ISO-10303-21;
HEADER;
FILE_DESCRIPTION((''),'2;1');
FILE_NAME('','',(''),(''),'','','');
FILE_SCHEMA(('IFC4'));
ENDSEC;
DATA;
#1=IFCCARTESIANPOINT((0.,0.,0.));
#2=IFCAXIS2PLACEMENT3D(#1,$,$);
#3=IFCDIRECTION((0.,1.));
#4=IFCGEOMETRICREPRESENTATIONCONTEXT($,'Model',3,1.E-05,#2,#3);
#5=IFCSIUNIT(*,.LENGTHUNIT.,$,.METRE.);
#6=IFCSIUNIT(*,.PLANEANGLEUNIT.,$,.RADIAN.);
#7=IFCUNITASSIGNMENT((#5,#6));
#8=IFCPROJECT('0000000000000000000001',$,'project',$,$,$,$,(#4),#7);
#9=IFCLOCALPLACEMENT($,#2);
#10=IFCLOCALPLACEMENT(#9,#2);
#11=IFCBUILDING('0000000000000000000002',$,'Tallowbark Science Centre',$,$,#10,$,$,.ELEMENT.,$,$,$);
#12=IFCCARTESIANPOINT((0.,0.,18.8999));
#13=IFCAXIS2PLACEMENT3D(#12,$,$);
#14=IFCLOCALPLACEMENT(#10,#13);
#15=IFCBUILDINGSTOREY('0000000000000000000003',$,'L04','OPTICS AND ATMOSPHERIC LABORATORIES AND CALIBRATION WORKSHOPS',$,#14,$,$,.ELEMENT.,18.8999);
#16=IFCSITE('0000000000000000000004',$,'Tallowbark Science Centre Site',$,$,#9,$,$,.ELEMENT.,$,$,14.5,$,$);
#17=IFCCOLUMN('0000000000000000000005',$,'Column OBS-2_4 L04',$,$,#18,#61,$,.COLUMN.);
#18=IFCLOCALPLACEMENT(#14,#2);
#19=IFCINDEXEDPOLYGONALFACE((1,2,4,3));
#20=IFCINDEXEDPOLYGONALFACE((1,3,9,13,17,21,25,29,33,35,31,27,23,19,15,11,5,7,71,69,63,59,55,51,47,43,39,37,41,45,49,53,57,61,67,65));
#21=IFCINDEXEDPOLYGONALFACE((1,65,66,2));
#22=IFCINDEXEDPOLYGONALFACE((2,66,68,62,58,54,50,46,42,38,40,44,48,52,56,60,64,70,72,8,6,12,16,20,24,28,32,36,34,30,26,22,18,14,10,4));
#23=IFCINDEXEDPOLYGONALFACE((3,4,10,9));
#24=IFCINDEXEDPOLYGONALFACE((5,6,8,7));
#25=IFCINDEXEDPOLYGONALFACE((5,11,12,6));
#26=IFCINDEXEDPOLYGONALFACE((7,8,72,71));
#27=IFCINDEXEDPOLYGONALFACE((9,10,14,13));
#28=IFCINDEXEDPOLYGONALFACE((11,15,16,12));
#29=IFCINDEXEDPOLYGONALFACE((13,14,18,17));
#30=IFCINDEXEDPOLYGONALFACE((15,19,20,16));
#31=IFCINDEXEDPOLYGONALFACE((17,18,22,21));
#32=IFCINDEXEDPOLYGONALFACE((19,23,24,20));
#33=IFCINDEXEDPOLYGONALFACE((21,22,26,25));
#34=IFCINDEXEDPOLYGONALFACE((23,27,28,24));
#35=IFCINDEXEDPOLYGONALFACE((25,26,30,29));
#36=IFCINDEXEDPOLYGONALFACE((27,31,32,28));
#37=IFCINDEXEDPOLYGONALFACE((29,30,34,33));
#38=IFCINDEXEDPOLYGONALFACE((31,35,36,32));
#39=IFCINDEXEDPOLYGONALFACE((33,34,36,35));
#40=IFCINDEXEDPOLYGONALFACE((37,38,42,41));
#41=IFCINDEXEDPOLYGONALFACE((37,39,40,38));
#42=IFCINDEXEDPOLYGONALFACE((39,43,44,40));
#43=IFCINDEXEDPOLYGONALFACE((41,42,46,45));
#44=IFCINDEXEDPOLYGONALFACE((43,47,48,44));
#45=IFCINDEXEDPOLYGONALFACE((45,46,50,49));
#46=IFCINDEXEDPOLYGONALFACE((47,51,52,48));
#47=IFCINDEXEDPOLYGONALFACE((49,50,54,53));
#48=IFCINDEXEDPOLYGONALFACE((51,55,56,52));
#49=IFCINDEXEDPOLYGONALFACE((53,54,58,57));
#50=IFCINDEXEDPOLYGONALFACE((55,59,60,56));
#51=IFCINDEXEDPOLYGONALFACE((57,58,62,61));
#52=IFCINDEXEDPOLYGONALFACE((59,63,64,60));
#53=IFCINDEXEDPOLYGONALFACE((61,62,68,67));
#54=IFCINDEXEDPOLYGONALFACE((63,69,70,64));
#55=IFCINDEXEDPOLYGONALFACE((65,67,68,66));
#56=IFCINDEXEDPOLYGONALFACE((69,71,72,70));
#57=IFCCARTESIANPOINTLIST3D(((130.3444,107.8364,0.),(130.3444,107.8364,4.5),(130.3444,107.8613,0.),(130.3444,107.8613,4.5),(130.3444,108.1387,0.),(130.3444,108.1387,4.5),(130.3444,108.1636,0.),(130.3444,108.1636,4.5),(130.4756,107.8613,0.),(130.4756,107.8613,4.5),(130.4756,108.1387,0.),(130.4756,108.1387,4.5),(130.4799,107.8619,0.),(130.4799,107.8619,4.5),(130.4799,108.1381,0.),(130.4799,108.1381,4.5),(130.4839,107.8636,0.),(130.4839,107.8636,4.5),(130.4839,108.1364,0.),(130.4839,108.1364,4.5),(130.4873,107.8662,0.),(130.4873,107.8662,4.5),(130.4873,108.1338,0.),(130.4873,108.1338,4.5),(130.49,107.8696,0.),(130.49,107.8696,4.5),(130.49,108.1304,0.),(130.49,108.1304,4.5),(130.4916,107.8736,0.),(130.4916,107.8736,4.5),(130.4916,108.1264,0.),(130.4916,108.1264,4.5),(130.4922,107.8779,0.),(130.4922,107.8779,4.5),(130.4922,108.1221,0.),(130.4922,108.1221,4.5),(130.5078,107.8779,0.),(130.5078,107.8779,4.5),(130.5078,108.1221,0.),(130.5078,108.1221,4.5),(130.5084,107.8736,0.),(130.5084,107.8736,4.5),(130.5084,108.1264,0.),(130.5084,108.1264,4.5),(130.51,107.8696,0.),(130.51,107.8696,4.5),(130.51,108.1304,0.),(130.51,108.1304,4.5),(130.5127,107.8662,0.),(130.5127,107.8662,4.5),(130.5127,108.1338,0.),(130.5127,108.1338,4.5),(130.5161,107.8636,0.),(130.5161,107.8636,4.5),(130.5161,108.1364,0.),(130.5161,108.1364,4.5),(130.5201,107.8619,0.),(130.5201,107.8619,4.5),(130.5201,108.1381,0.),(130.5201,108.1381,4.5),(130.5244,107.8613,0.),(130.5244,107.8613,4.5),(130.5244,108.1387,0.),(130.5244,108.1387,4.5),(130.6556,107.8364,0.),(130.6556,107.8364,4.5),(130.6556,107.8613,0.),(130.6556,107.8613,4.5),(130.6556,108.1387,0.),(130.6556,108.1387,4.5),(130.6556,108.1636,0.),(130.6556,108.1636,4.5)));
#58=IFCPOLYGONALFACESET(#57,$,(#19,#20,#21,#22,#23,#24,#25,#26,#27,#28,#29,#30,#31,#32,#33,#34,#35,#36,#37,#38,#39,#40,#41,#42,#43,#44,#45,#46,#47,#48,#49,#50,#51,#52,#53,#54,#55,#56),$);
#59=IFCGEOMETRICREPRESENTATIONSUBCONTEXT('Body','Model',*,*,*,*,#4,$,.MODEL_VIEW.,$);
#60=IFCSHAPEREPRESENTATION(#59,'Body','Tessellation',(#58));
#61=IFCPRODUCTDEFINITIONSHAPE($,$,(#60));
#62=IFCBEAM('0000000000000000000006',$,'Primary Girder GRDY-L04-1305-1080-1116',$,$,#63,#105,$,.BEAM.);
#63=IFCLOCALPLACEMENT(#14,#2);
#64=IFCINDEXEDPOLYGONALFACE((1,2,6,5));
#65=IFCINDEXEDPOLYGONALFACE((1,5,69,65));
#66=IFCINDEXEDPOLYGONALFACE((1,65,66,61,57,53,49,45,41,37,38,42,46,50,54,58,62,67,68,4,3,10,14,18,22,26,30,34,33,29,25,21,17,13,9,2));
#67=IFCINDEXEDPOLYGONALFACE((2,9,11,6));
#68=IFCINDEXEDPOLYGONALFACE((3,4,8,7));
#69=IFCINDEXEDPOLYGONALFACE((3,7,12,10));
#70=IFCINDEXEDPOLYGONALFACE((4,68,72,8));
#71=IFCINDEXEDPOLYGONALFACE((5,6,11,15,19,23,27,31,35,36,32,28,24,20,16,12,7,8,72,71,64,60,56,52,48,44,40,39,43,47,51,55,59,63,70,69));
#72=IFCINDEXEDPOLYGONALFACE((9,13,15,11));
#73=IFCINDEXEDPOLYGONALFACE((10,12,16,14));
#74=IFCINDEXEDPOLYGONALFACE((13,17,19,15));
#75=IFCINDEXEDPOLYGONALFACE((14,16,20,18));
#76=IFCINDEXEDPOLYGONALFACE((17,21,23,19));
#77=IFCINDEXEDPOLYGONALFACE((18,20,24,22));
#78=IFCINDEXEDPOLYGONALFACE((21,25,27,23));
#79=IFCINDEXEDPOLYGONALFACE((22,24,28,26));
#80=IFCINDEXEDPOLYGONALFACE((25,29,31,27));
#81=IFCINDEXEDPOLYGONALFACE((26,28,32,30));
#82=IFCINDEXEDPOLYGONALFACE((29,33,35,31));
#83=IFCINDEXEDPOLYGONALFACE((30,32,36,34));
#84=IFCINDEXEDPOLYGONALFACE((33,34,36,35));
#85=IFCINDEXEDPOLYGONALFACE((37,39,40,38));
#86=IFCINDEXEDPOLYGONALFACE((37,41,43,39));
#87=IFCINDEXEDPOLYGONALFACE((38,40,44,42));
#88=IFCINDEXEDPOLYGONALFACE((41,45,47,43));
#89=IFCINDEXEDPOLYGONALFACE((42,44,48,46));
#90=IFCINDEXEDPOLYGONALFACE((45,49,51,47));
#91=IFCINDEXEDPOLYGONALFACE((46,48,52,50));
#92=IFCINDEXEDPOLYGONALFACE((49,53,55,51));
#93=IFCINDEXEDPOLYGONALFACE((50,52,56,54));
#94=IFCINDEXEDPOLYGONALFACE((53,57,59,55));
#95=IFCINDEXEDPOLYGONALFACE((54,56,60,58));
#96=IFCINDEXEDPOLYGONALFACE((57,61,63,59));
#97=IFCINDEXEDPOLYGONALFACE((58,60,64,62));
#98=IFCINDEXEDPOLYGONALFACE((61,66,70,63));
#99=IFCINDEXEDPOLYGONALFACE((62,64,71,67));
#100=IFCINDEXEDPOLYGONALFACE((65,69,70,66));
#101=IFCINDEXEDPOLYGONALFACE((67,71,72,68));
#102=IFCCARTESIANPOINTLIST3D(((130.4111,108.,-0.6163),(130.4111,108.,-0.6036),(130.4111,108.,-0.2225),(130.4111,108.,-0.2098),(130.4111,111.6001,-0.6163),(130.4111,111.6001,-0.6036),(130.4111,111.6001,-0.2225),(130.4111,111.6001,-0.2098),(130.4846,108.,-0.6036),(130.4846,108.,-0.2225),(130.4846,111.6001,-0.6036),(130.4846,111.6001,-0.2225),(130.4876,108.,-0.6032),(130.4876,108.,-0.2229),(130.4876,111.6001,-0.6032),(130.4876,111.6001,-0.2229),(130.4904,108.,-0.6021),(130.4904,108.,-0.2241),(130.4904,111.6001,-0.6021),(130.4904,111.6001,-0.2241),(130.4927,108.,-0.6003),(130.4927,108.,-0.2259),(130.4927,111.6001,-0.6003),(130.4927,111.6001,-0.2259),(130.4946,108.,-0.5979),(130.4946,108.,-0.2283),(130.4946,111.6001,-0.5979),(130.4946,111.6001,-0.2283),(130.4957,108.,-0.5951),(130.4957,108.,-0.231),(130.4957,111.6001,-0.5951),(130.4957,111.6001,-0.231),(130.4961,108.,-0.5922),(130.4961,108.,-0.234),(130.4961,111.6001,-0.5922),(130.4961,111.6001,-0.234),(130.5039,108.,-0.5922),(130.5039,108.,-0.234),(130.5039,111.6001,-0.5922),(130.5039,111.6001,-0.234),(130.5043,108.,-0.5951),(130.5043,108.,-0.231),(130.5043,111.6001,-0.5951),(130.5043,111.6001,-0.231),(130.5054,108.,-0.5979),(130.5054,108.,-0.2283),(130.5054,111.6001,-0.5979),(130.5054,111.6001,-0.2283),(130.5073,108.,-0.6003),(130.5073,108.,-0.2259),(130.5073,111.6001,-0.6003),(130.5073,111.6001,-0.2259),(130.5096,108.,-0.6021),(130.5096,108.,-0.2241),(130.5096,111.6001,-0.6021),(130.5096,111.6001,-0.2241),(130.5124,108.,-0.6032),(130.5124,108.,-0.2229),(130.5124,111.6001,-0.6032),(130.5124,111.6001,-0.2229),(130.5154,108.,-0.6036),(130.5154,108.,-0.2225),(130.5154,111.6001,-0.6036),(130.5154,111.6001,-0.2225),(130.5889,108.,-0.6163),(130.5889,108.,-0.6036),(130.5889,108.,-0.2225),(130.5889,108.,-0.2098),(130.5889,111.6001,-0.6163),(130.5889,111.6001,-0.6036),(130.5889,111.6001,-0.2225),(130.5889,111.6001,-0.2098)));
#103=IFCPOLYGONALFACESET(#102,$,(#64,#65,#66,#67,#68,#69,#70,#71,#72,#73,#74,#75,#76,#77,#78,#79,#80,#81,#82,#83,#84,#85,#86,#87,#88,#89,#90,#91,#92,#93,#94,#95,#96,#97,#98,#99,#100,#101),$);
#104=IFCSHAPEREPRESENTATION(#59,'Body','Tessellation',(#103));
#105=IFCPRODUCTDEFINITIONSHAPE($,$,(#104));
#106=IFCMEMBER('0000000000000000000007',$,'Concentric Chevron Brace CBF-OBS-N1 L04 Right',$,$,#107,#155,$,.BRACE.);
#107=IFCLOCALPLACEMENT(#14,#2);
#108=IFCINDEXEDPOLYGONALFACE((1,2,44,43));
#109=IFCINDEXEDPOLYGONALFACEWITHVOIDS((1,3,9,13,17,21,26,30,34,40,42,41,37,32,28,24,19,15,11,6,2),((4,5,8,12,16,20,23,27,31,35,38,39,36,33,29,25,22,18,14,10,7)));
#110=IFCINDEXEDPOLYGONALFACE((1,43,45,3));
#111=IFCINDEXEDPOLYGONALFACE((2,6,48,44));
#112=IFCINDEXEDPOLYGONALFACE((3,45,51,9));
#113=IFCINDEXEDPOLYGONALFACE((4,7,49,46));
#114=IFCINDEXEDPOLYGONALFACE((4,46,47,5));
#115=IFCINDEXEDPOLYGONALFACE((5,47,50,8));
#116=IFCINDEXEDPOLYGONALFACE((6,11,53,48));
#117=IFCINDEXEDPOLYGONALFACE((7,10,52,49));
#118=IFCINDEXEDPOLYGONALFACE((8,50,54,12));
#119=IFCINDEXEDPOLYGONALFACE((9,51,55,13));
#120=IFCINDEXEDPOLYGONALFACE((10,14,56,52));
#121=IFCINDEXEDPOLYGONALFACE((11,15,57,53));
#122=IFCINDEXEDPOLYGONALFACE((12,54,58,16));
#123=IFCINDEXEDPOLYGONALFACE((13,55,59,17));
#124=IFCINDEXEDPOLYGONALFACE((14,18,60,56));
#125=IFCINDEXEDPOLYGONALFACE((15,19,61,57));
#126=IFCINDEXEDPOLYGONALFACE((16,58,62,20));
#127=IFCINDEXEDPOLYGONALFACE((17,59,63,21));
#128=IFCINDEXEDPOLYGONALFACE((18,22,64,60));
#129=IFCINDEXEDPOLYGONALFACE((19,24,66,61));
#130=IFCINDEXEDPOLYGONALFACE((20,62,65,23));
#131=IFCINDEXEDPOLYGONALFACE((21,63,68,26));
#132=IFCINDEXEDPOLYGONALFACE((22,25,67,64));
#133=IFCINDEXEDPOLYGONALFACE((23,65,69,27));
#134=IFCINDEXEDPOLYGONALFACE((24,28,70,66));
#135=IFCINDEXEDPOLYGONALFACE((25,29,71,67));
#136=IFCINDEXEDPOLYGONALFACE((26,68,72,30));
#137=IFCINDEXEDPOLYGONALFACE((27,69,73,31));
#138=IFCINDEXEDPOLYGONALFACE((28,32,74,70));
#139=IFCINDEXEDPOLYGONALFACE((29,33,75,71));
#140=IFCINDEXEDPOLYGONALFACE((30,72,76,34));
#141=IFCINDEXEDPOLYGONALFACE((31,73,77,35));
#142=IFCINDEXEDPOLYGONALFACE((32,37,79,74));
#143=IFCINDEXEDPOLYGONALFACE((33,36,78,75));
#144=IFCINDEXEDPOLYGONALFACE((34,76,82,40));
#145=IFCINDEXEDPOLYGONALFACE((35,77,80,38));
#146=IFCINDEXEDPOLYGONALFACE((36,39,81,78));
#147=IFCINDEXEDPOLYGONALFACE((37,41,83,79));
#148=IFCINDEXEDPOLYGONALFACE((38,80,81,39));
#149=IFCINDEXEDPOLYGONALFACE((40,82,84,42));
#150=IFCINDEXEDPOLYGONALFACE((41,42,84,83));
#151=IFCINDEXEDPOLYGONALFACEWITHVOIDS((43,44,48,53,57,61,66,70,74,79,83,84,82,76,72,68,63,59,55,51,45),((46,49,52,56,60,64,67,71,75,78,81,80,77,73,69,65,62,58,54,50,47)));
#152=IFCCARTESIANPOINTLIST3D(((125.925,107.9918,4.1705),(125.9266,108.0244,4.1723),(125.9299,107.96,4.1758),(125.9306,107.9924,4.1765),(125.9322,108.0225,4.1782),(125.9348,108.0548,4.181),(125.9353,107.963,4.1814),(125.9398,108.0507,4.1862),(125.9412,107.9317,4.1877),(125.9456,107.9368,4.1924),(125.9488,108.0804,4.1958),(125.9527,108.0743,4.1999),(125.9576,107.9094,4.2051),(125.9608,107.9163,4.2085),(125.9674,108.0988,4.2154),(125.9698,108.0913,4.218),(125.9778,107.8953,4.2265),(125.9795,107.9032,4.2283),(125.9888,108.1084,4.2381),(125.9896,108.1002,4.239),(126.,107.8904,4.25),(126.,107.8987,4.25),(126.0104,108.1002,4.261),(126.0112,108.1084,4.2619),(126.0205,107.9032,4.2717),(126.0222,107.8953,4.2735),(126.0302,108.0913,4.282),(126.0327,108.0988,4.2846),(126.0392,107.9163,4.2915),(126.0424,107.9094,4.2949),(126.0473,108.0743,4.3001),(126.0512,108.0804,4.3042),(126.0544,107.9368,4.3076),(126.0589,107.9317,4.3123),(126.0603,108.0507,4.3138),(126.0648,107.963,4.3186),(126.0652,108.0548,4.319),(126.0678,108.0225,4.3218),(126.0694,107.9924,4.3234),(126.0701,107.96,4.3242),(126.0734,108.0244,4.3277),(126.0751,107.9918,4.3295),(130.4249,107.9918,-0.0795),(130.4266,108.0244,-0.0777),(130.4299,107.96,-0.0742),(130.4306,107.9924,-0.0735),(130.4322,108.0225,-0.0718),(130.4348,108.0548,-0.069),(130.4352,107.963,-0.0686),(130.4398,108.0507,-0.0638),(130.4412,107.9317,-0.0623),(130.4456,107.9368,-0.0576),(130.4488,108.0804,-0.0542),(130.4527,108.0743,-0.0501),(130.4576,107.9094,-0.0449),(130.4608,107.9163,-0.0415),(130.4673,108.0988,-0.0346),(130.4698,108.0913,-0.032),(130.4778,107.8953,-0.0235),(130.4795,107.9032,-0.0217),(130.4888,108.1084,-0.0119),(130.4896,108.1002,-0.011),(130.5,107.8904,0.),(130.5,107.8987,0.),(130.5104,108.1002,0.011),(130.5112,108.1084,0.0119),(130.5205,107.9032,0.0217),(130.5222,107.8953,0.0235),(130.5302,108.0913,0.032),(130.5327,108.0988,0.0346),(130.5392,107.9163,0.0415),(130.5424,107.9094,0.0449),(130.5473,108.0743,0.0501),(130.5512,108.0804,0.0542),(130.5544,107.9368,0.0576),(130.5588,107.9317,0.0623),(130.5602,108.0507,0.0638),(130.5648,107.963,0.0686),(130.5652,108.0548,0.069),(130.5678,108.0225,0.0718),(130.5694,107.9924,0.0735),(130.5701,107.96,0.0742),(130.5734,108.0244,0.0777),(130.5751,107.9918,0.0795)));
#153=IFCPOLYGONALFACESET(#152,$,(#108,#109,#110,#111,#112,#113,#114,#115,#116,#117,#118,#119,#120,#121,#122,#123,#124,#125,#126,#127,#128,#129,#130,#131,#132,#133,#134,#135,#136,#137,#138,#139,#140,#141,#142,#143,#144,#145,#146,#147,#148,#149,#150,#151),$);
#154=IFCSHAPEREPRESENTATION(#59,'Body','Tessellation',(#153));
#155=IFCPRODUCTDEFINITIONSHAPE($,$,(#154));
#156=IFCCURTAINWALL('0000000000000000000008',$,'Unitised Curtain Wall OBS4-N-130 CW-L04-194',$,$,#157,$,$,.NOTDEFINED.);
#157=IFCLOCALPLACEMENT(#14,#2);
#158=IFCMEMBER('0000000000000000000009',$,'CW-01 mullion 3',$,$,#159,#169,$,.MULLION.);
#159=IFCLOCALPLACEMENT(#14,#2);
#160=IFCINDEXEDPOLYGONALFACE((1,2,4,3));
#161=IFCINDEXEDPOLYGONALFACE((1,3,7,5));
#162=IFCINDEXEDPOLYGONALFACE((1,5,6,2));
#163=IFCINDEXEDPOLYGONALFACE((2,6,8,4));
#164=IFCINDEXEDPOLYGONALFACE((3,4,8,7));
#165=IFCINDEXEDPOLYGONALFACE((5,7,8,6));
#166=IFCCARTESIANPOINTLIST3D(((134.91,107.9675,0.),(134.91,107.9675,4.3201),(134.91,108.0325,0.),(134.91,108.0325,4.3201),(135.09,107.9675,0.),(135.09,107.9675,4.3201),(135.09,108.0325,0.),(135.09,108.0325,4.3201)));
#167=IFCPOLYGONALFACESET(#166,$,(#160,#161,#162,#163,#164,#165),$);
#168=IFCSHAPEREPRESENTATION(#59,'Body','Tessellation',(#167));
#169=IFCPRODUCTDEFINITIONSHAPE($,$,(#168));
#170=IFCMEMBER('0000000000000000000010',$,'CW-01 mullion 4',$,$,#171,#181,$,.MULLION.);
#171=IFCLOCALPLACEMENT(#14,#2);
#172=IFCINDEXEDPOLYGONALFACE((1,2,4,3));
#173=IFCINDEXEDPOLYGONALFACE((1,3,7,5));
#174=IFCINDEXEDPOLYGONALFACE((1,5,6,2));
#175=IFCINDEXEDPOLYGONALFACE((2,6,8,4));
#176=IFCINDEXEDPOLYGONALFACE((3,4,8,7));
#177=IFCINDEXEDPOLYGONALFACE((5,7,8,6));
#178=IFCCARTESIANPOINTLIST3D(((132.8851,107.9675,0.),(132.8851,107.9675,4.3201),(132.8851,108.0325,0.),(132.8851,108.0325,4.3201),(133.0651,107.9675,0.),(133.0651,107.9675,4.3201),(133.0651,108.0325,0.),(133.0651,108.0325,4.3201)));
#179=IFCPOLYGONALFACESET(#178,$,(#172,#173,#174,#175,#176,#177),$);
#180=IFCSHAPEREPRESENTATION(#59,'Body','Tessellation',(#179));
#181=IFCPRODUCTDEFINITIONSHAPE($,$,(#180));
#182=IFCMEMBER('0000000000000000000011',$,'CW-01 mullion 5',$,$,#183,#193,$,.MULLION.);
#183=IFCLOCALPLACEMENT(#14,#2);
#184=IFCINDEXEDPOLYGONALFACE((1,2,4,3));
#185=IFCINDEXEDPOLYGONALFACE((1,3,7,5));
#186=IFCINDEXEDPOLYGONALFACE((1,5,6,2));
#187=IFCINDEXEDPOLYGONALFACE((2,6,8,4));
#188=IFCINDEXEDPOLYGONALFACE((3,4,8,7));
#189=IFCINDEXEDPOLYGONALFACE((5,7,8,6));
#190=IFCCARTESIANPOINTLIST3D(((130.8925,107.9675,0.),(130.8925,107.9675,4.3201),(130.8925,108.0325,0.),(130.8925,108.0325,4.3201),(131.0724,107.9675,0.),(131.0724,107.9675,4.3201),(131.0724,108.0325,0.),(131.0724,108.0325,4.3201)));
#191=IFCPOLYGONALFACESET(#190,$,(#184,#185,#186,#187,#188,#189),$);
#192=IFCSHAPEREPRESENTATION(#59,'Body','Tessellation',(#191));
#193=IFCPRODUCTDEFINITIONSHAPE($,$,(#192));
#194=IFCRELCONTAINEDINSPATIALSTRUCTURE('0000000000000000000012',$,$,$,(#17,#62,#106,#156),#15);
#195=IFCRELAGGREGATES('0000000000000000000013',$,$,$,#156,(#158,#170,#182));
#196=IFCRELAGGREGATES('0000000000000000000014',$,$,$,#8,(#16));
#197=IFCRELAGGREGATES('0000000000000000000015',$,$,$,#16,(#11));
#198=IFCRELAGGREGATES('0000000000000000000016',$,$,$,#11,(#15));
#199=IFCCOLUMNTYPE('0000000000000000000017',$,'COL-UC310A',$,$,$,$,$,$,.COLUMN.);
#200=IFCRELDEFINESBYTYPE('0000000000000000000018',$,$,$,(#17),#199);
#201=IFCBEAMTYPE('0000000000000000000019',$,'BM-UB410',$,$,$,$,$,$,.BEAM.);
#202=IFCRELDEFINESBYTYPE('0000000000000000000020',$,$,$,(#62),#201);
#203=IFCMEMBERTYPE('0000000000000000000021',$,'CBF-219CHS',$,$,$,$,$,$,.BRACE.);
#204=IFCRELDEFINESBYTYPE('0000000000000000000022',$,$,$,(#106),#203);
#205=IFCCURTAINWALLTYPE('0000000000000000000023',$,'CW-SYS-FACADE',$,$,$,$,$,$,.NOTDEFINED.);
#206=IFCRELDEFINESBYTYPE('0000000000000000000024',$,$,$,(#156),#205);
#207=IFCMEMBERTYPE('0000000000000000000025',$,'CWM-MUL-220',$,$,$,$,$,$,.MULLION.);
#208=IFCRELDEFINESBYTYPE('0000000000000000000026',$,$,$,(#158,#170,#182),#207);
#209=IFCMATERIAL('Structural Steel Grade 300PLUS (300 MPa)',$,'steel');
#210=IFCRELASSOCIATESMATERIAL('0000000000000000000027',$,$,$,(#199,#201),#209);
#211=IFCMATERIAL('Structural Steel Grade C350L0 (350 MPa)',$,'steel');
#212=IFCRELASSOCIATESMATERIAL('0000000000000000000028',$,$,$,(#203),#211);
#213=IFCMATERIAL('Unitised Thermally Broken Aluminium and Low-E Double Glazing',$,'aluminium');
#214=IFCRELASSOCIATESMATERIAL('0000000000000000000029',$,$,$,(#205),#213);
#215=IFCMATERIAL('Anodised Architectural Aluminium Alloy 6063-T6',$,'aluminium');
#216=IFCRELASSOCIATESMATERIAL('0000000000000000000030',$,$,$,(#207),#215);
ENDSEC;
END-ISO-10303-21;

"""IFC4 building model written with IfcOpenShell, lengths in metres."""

from ifc_helpers import new_model, si_unit, direction, frame, origin, origin_2d, place, context, subcontext, project, spatial, rectangle, hollow_circle, i_section, extrude, material, material_profile, profile_set, type_object, element, aggregate, save


model = new_model("IFC4")

# Units and contexts
model_context = context("Model", 3, precision=1e-05, world=origin(), true_north=direction((0.0, 1.0)))
body_context = subcontext(model_context, "Body", "Model", "MODEL_VIEW")
ifc_project = project(units=[si_unit("LENGTHUNIT", "METRE"), si_unit("PLANEANGLEUNIT", "RADIAN")], contexts=[model_context])

# Site, building, storey
site_placement = place(None, origin())
site = spatial("IfcSite", under=ifc_project, at=site_placement, Name="Tallowbark Science Centre Site", CompositionType="ELEMENT", RefElevation=14.5)
building_placement = place(site_placement, origin())
building = spatial("IfcBuilding", under=site, at=building_placement, Name="Tallowbark Science Centre", CompositionType="ELEMENT")
storey_placement = place(building_placement, frame((0.0, 0.0, 18.8999)))
storey = spatial("IfcBuildingStorey", under=building, at=storey_placement, Name="L04", Description="OPTICS AND ATMOSPHERIC LABORATORIES AND CALIBRATION WORKSHOPS", CompositionType="ELEMENT", Elevation=18.8999)

# Column
ifc_material_1 = material(Name="Structural Steel Grade 300PLUS (300 MPa)", Category="steel")
ifc_material_profile_1 = material_profile(ifc_material_1, i_section(OverallWidth=0.3113, OverallDepth=0.3271, WebThickness=0.0156, FlangeThickness=0.0249, FilletRadius=0.0166, at=origin_2d()), Name="310UC158")
ifc_profile_set_1 = profile_set([ifc_material_profile_1], Name="Structural Steel Grade 300PLUS (300 MPa)")
column_type = type_object("IfcColumnType", Name="COL-UC310A", PredefinedType="COLUMN", material=ifc_profile_set_1)
column_placement = place(storey_placement, frame((130.5, 108.0, 0.0), z_axis=(0.0, 0.0, 1.0), x_axis=(1.0, 0.0, 0.0)))
element("IfcColumn", 1, at=column_placement, inside=storey, type_object=column_type, Name="Column OBS-2_4 L04", PredefinedType="COLUMN", context=body_context, shape_type="SweptSolid", body=[
    extrude(i_section(OverallWidth=0.3113, OverallDepth=0.3271, WebThickness=0.0156, FlangeThickness=0.0249, FilletRadius=0.0166, at=origin_2d()), origin(), (0.0, 0.0, 1.0), 4.5),
])

# Beam
ifc_material_profile_2 = material_profile(ifc_material_1, i_section(OverallWidth=0.1777, OverallDepth=0.4065, WebThickness=0.0078, FlangeThickness=0.0127, FilletRadius=0.0115, at=origin_2d()), Name="410UB59.7")
ifc_profile_set_2 = profile_set([ifc_material_profile_2], Name="Structural Steel Grade 300PLUS (300 MPa)")
beam_type_1 = type_object("IfcBeamType", Name="BM-UB410", PredefinedType="BEAM", material=ifc_profile_set_2)
beam_placement = place(storey_placement, frame((130.5, 108.0, -0.4131), z_axis=(0.0, 1.0, 0.0), x_axis=(-1.0, 0.0, 0.0)))
element("IfcBeam", 2, at=beam_placement, inside=storey, type_object=beam_type_1, Name="Primary Girder GRDY-L04-1305-1080-1116", PredefinedType="BEAM", context=body_context, shape_type="SweptSolid", body=[
    extrude(i_section(OverallWidth=0.1777, OverallDepth=0.4065, WebThickness=0.0078, FlangeThickness=0.0127, FilletRadius=0.0115, at=origin_2d()), origin(), (0.0, 0.0, 1.0), 3.6001),
])

# Member
ifc_material_2 = material(Name="Structural Steel Grade C350L0 (350 MPa)", Category="steel")
ifc_material_profile_3 = material_profile(ifc_material_2, hollow_circle(Radius=0.1096, WallThickness=0.0083, at=origin_2d()), Name="219.1x8.2CHS")
ifc_profile_set_3 = profile_set([ifc_material_profile_3], Name="Structural Steel Grade C350L0 (350 MPa)")
member_type_1 = type_object("IfcMemberType", Name="CBF-219CHS", PredefinedType="BRACE", material=ifc_profile_set_3)
member_1_placement = place(storey_placement, frame((130.5, 108.0, 0.0), z_axis=(-0.727013, 0.0, 0.686624), x_axis=(0.0, -1.0, 0.0)))
element("IfcMember", 3, at=member_1_placement, inside=storey, type_object=member_type_1, Name="Concentric Chevron Brace CBF-OBS-N1 L04 Right", PredefinedType="BRACE", context=body_context, shape_type="SweptSolid", body=[
    extrude(hollow_circle(Radius=0.1096, WallThickness=0.0083, at=origin_2d()), origin(), (0.0, 0.0, 1.0), 6.1897),
])

# Curtain wall, members
ifc_material_3 = material(Name="Unitised Thermally Broken Aluminium and Low-E Double Glazing", Category="aluminium")
curtain_wall_type = type_object("IfcCurtainWallType", Name="CW-SYS-FACADE", PredefinedType="NOTDEFINED", material=ifc_material_3)
curtain_wall_placement = place(storey_placement, origin())
curtain_wall = element("IfcCurtainWall", 4, at=curtain_wall_placement, inside=storey, type_object=curtain_wall_type, Name="Unitised Curtain Wall OBS4-N-130 CW-L04-194", PredefinedType="NOTDEFINED")
ifc_material_4 = material(Name="Anodised Architectural Aluminium Alloy 6063-T6", Category="aluminium")
ifc_material_profile_4 = material_profile(ifc_material_4, rectangle(XDim=0.0649, YDim=0.1799, at=origin_2d()), Name="ALU65x180")
ifc_profile_set_4 = profile_set([ifc_material_profile_4], Name="Anodised Architectural Aluminium Alloy 6063-T6")
member_type_2 = type_object("IfcMemberType", Name="CWM-MUL-220", PredefinedType="MULLION", material=ifc_profile_set_4)
member_2_placement = place(storey_placement, frame((135.0, 108.0, 0.0), z_axis=(0.0, 0.0, 1.0), x_axis=(0.0, -1.0, 0.0)))
member_2 = element("IfcMember", 5, at=member_2_placement, type_object=member_type_2, Name="CW-01 mullion 3", PredefinedType="MULLION", context=body_context, shape_type="SweptSolid", body=[
    extrude(rectangle(XDim=0.0649, YDim=0.1799, at=origin_2d()), origin(), (0.0, 0.0, 1.0), 4.3201),
])
member_3_placement = place(storey_placement, frame((132.9751, 108.0, 0.0), z_axis=(0.0, 0.0, 1.0), x_axis=(0.0, -1.0, 0.0)))
member_3 = element("IfcMember", 6, at=member_3_placement, type_object=member_type_2, Name="CW-01 mullion 4", PredefinedType="MULLION", context=body_context, shape_type="SweptSolid", body=[
    extrude(rectangle(XDim=0.0649, YDim=0.1799, at=origin_2d()), origin(), (0.0, 0.0, 1.0), 4.3201),
])
member_4_placement = place(storey_placement, frame((130.9824, 108.0, 0.0), z_axis=(0.0, 0.0, 1.0), x_axis=(0.0, -1.0, 0.0)))
member_4 = element("IfcMember", 7, at=member_4_placement, type_object=member_type_2, Name="CW-01 mullion 5", PredefinedType="MULLION", context=body_context, shape_type="SweptSolid", body=[
    extrude(rectangle(XDim=0.0649, YDim=0.1799, at=origin_2d()), origin(), (0.0, 0.0, 1.0), 4.3201),
])

aggregate(curtain_wall, [member_2, member_3, member_4])

save(model, "model.ifc")
